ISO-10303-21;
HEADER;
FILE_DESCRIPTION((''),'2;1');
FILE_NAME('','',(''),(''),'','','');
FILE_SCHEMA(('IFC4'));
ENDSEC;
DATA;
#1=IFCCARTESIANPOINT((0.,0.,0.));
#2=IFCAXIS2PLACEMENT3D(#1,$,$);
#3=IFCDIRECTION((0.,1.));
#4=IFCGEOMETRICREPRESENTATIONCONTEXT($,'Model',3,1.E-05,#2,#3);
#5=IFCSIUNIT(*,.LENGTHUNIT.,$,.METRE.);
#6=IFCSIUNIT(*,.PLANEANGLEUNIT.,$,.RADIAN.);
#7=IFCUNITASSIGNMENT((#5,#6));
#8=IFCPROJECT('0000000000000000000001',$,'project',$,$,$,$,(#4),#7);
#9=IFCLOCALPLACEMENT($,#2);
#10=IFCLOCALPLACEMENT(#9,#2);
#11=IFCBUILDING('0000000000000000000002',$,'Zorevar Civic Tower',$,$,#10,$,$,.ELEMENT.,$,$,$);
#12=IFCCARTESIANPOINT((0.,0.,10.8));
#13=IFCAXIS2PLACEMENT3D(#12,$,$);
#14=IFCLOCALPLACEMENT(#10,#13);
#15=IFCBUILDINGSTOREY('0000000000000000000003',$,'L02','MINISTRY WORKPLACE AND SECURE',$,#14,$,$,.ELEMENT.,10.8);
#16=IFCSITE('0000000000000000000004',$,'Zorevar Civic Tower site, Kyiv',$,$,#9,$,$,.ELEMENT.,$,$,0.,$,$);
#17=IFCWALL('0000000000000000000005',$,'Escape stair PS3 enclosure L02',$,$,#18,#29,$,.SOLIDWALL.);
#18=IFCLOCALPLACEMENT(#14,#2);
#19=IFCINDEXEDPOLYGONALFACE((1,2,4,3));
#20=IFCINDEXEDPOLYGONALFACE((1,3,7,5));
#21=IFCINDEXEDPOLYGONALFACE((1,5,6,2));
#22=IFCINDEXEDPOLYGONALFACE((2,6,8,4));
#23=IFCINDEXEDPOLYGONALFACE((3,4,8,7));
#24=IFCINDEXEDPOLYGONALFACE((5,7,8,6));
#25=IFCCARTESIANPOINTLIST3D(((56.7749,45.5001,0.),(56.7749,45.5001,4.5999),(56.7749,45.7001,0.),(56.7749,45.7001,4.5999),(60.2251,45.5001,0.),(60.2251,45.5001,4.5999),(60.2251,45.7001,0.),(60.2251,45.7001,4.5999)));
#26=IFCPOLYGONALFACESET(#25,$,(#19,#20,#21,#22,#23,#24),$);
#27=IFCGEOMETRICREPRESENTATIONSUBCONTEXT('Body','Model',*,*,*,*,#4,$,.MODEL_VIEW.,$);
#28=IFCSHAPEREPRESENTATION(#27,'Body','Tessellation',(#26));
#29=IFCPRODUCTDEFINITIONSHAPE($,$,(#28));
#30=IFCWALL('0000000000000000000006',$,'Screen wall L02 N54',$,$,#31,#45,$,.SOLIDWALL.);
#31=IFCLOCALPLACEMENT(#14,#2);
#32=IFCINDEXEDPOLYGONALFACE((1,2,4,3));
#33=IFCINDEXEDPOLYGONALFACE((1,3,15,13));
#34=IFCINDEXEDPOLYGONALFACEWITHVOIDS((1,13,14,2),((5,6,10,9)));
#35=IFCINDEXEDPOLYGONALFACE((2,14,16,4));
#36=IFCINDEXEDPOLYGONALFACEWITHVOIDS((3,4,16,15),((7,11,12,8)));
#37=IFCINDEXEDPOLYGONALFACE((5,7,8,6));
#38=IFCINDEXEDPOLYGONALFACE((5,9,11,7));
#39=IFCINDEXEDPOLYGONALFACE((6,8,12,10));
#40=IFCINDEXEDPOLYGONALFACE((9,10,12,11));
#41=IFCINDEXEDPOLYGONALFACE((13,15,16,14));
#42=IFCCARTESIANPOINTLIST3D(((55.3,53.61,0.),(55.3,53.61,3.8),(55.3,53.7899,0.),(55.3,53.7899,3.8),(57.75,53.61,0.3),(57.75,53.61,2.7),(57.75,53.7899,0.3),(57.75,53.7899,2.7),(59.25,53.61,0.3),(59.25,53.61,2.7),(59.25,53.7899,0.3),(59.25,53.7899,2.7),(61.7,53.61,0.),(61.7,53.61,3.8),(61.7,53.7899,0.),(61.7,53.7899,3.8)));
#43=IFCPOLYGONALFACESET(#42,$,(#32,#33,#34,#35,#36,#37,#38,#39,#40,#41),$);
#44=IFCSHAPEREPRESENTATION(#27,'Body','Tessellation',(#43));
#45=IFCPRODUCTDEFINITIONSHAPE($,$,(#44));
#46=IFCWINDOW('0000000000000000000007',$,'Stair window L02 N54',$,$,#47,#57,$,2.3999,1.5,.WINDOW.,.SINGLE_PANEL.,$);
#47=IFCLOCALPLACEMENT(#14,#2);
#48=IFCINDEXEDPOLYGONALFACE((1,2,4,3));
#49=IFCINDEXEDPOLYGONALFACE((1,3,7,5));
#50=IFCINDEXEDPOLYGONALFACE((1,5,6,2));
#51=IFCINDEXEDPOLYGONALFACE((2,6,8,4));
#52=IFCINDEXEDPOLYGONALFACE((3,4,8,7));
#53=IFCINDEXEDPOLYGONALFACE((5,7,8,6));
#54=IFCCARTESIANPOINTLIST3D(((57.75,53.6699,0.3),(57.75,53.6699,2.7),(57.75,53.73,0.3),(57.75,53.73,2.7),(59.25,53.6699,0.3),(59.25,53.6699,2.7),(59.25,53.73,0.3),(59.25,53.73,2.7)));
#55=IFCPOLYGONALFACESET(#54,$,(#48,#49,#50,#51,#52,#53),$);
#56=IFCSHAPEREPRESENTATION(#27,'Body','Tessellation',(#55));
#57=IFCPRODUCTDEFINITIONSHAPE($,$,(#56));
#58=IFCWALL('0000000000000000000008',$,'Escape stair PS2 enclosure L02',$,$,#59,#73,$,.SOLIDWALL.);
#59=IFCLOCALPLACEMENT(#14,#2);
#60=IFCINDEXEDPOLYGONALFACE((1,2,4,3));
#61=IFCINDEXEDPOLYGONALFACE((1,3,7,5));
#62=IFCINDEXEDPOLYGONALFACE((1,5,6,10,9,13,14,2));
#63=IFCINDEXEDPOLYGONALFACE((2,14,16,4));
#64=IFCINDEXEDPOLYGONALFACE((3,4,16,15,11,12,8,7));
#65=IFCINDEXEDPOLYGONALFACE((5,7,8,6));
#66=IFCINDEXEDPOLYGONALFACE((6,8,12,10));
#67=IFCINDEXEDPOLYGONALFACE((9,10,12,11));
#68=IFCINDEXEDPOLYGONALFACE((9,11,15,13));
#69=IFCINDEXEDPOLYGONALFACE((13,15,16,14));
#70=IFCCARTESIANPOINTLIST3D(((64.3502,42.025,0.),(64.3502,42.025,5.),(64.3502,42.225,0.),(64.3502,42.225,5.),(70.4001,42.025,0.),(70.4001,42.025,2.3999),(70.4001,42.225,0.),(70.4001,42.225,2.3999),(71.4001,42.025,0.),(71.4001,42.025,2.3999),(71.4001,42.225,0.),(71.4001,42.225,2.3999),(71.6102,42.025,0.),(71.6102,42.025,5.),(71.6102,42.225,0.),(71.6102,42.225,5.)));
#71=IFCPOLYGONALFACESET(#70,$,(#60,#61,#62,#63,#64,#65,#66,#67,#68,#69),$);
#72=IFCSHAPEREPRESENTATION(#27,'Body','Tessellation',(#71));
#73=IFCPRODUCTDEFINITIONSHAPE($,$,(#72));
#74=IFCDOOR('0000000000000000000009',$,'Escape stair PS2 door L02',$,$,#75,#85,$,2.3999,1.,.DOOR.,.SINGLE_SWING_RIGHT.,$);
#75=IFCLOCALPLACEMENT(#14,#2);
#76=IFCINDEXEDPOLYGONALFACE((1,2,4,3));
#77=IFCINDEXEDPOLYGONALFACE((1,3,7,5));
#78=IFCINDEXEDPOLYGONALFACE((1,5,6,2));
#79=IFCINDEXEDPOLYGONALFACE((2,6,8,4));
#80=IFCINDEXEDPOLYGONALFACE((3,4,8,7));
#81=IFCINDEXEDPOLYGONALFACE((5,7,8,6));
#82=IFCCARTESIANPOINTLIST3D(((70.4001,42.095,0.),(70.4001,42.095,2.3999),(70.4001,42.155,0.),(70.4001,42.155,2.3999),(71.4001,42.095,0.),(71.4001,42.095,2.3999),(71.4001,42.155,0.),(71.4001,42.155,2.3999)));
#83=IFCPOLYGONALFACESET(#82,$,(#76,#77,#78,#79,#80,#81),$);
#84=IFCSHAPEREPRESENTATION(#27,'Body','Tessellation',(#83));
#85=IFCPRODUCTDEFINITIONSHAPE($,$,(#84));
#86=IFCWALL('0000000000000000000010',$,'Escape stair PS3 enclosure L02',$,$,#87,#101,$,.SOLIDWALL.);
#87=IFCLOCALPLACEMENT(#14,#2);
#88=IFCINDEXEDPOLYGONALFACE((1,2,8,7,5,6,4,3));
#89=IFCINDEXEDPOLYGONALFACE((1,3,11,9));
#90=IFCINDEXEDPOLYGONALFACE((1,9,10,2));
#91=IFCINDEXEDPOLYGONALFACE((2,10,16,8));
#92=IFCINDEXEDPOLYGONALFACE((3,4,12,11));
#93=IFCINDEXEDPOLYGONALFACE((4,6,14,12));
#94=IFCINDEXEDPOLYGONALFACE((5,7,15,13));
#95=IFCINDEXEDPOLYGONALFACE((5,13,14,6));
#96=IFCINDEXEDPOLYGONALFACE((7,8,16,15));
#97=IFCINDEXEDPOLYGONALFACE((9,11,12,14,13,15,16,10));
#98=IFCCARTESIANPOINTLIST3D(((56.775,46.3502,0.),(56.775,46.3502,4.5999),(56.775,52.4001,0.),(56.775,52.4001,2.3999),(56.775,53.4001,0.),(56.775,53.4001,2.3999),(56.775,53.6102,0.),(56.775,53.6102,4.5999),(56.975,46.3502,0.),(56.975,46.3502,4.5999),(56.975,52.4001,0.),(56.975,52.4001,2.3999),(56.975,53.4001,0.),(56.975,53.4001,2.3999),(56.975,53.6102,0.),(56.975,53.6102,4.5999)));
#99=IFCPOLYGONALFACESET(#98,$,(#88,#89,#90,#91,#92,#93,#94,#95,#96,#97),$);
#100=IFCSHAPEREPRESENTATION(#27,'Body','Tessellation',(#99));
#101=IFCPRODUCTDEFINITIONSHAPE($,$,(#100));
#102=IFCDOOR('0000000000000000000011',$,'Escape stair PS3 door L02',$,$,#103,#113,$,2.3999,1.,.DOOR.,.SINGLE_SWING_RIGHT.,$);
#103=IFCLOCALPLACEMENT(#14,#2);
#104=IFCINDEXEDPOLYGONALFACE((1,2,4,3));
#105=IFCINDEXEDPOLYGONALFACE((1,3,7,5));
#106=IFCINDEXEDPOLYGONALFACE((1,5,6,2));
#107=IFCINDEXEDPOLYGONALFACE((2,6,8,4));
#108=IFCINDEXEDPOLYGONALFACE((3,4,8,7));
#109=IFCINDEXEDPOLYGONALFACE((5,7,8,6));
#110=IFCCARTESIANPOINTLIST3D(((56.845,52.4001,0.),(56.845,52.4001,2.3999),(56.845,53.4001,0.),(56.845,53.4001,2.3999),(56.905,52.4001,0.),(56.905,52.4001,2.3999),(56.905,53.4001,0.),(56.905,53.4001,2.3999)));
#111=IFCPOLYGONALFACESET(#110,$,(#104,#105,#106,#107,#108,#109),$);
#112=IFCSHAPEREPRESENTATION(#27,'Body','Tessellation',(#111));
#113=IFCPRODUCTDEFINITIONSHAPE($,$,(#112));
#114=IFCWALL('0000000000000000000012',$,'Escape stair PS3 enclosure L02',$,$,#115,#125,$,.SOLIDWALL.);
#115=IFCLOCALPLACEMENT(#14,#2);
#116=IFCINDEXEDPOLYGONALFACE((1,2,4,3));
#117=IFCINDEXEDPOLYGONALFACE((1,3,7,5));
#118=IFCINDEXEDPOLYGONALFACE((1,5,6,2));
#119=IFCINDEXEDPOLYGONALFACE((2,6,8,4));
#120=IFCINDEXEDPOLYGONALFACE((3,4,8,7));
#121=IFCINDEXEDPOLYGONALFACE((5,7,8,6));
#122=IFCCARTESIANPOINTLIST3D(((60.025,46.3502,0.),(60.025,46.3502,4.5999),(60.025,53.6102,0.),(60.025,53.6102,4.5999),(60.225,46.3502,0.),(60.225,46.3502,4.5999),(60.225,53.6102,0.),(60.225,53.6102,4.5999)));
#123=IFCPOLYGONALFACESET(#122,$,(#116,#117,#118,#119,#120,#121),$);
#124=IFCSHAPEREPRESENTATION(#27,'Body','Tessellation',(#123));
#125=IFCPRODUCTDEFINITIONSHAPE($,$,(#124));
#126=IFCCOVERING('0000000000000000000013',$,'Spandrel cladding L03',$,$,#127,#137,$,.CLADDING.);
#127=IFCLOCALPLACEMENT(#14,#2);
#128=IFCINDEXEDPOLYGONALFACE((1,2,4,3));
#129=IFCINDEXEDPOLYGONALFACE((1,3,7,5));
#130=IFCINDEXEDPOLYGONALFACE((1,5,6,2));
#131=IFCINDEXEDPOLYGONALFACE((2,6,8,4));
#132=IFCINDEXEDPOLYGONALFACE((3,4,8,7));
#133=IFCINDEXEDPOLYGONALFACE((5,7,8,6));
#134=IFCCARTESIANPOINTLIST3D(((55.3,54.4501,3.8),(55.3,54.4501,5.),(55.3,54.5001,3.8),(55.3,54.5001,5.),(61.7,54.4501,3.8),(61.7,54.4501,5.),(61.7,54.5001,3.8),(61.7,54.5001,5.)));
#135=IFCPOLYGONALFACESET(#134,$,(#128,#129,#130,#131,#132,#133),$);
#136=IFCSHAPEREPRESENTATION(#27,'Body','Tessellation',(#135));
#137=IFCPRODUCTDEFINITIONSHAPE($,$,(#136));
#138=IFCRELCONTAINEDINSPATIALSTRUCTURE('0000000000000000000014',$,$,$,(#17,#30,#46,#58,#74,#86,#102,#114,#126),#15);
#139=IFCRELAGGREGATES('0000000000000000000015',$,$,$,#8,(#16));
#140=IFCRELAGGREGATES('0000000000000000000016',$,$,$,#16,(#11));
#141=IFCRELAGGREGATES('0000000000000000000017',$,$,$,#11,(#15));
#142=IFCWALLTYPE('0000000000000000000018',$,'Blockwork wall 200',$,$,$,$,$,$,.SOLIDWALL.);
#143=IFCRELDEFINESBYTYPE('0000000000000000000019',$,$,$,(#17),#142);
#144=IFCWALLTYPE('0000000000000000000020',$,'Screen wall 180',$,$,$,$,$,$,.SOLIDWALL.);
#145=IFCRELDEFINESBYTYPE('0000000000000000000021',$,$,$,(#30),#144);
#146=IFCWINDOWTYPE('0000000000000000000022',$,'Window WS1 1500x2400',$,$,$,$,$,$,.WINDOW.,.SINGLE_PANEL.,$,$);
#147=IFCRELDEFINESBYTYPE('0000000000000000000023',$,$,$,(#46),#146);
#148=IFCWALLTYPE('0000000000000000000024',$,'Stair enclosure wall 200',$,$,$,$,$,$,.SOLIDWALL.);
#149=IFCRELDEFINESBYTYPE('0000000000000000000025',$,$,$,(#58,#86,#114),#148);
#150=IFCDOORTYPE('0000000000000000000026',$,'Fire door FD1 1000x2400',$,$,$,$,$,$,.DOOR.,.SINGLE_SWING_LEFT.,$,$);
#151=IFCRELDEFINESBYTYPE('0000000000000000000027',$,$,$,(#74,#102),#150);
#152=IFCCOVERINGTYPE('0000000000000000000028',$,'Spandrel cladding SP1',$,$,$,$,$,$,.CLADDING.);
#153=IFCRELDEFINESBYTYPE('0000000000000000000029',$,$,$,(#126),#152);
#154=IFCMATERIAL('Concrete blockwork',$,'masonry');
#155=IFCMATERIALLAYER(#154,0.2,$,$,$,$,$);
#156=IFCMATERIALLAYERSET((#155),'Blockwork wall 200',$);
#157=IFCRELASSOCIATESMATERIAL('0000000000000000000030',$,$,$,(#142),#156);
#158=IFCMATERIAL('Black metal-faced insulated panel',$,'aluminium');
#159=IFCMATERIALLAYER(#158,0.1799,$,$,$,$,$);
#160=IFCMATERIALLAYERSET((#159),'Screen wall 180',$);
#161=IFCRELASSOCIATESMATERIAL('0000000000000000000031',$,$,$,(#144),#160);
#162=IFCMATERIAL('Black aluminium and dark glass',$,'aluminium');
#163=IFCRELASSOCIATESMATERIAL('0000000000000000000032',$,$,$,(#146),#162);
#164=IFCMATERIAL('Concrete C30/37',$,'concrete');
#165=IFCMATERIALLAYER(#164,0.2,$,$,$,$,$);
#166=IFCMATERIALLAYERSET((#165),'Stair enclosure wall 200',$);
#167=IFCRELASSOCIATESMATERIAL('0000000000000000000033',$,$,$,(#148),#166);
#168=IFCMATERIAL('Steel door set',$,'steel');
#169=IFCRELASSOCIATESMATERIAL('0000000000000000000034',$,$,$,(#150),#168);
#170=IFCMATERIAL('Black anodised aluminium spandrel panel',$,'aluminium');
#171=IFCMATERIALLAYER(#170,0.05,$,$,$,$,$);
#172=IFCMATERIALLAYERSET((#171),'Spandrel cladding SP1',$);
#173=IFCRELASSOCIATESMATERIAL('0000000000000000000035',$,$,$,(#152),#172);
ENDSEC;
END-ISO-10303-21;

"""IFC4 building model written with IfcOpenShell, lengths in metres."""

from ifc_helpers import new_model, si_unit, direction, frame, frame_2d, origin, place, context, subcontext, project, spatial, rectangle, extrude, material, layer, layer_set, type_object, element, fill, save


model = new_model("IFC4")

# Units and contexts
model_context = context("Model", 3, precision=1e-05, world=origin(), true_north=direction((0.0, 1.0)))
body_context = subcontext(model_context, "Body", "Model", "MODEL_VIEW")
ifc_project = project(units=[si_unit("LENGTHUNIT", "METRE"), si_unit("PLANEANGLEUNIT", "RADIAN")], contexts=[model_context])

# Site, building, storey
site_placement = place(None, origin())
site = spatial("IfcSite", under=ifc_project, at=site_placement, Name="Zorevar Civic Tower site, Kyiv", CompositionType="ELEMENT", RefElevation=0.0)
building_placement = place(site_placement, origin())
building = spatial("IfcBuilding", under=site, at=building_placement, Name="Zorevar Civic Tower", CompositionType="ELEMENT")
storey_placement = place(building_placement, frame((0.0, 0.0, 10.8)))
storey = spatial("IfcBuildingStorey", under=building, at=storey_placement, Name="L02", Description="MINISTRY WORKPLACE AND SECURE", CompositionType="ELEMENT", Elevation=10.8)

# Wall
ifc_material_1 = material(Name="Concrete blockwork", Category="masonry")
ifc_layer_1 = layer(ifc_material_1, 0.2)
ifc_layer_set_1 = layer_set([ifc_layer_1], Name="Blockwork wall 200")
wall_type_1 = type_object("IfcWallType", Name="Blockwork wall 200", PredefinedType="SOLIDWALL", material=ifc_layer_set_1)
wall_1_placement = place(storey_placement, frame((56.7749, 45.6001, 0.0), z_axis=(0.0, 0.0, 1.0), x_axis=(1.0, 0.0, 0.0)))
element("IfcWall", 1, at=wall_1_placement, inside=storey, type_object=wall_type_1, Name="Escape stair PS3 enclosure L02", PredefinedType="SOLIDWALL", context=body_context, shape_type="SweptSolid", body=[
    extrude(rectangle(XDim=3.4502, YDim=0.2, at=frame_2d((1.7251, 0.0))), origin(), (0.0, 0.0, 1.0), 4.5999),
])

# Wall, opening, window
ifc_material_2 = material(Name="Black metal-faced insulated panel", Category="aluminium")
ifc_layer_2 = layer(ifc_material_2, 0.1799)
ifc_layer_set_2 = layer_set([ifc_layer_2], Name="Screen wall 180")
wall_type_2 = type_object("IfcWallType", Name="Screen wall 180", PredefinedType="SOLIDWALL", material=ifc_layer_set_2)
wall_2_placement = place(storey_placement, frame((55.3, 53.7, 0.0), z_axis=(0.0, 0.0, 1.0), x_axis=(1.0, 0.0, 0.0)))
wall_2 = element("IfcWall", 2, at=wall_2_placement, inside=storey, type_object=wall_type_2, Name="Screen wall L02 N54", PredefinedType="SOLIDWALL", context=body_context, shape_type="SweptSolid", body=[
    extrude(rectangle(XDim=6.3999, YDim=0.1799, at=frame_2d((3.2, 0.0))), origin(), (0.0, 0.0, 1.0), 3.8),
])
opening_1_placement = place(wall_2_placement, frame((2.45, 0.0, 0.3)))
opening_1 = element("IfcOpeningElement", 3, at=opening_1_placement, cuts=wall_2, PredefinedType="OPENING", context=body_context, shape_type="SweptSolid", body=[
    extrude(rectangle(XDim=1.5, YDim=2.3999, at=frame_2d((0.75, 1.2))), frame((0.0, 0.0999, 0.0), z_axis=(0.0, -1.0, 0.0), x_axis=(1.0, 0.0, 0.0)), (0.0, 0.0, 1.0), 0.2),
])
ifc_material_3 = material(Name="Black aluminium and dark glass", Category="aluminium")
window_type = type_object("IfcWindowType", Name="Window WS1 1500x2400", PartitioningType="SINGLE_PANEL", PredefinedType="WINDOW", material=ifc_material_3)
window_placement = place(opening_1_placement, origin())
window = element("IfcWindow", 4, at=window_placement, inside=storey, type_object=window_type, Name="Stair window L02 N54", OverallHeight=2.3999, OverallWidth=1.5, PartitioningType="SINGLE_PANEL", PredefinedType="WINDOW", context=body_context, shape_type="SweptSolid", body=[
    extrude(rectangle(XDim=1.5, YDim=2.3999, at=frame_2d((0.75, 1.2))), frame((0.0, 0.03, 0.0), z_axis=(0.0, -1.0, 0.0), x_axis=(1.0, 0.0, 0.0)), (0.0, 0.0, 1.0), 0.0601),
])
fill(opening_1, window)

# Walls, openings, doors
ifc_material_4 = material(Name="Concrete C30/37", Category="concrete")
ifc_layer_3 = layer(ifc_material_4, 0.2)
ifc_layer_set_3 = layer_set([ifc_layer_3], Name="Stair enclosure wall 200")
wall_type_3 = type_object("IfcWallType", Name="Stair enclosure wall 200", PredefinedType="SOLIDWALL", material=ifc_layer_set_3)
wall_3_placement = place(storey_placement, frame((71.6101, 42.125, 0.0), z_axis=(0.0, 0.0, 1.0), x_axis=(-1.0, 0.0, 0.0)))
wall_3 = element("IfcWall", 5, at=wall_3_placement, inside=storey, type_object=wall_type_3, Name="Escape stair PS2 enclosure L02", PredefinedType="SOLIDWALL", context=body_context, shape_type="SweptSolid", body=[
    extrude(rectangle(XDim=7.26, YDim=0.2, at=frame_2d((3.6299, 0.0))), origin(), (0.0, 0.0, 1.0), 5.0),
])
opening_2_placement = place(wall_3_placement, frame((0.21, 0.0, 0.0)))
opening_2 = element("IfcOpeningElement", 6, at=opening_2_placement, cuts=wall_3, PredefinedType="OPENING", context=body_context, shape_type="SweptSolid", body=[
    extrude(rectangle(XDim=1.0, YDim=2.3999, at=frame_2d((0.5, 1.2))), frame((0.0, 0.1099, 0.0), z_axis=(0.0, -1.0, 0.0), x_axis=(1.0, 0.0, 0.0)), (0.0, 0.0, 1.0), 0.22),
])
ifc_material_5 = material(Name="Steel door set", Category="steel")
door_type = type_object("IfcDoorType", Name="Fire door FD1 1000x2400", OperationType="SINGLE_SWING_LEFT", PredefinedType="DOOR", material=ifc_material_5)
door_1_placement = place(opening_2_placement, origin())
door_1 = element("IfcDoor", 7, at=door_1_placement, inside=storey, type_object=door_type, Name="Escape stair PS2 door L02", OperationType="SINGLE_SWING_RIGHT", OverallHeight=2.3999, OverallWidth=1.0, PredefinedType="DOOR", context=body_context, shape_type="SweptSolid", body=[
    extrude(rectangle(XDim=1.0, YDim=2.3999, at=frame_2d((0.5, 1.2))), frame((0.0, 0.03, 0.0), z_axis=(0.0, -1.0, 0.0), x_axis=(1.0, 0.0, 0.0)), (0.0, 0.0, 1.0), 0.0601),
])
fill(opening_2, door_1)
wall_4_placement = place(storey_placement, frame((56.875, 53.6101, 0.0), z_axis=(0.0, 0.0, 1.0), x_axis=(0.0, -1.0, 0.0)))
wall_4 = element("IfcWall", 8, at=wall_4_placement, inside=storey, type_object=wall_type_3, Name="Escape stair PS3 enclosure L02", PredefinedType="SOLIDWALL", context=body_context, shape_type="SweptSolid", body=[
    extrude(rectangle(XDim=7.26, YDim=0.2, at=frame_2d((3.6299, 0.0))), origin(), (0.0, 0.0, 1.0), 4.5999),
])
opening_3_placement = place(wall_4_placement, frame((0.21, 0.0, 0.0)))
opening_3 = element("IfcOpeningElement", 9, at=opening_3_placement, cuts=wall_4, PredefinedType="OPENING", context=body_context, shape_type="SweptSolid", body=[
    extrude(rectangle(XDim=1.0, YDim=2.3999, at=frame_2d((0.5, 1.2))), frame((0.0, 0.1099, 0.0), z_axis=(0.0, -1.0, 0.0), x_axis=(1.0, 0.0, 0.0)), (0.0, 0.0, 1.0), 0.22),
])
door_2_placement = place(opening_3_placement, origin())
door_2 = element("IfcDoor", 10, at=door_2_placement, inside=storey, type_object=door_type, Name="Escape stair PS3 door L02", OperationType="SINGLE_SWING_RIGHT", OverallHeight=2.3999, OverallWidth=1.0, PredefinedType="DOOR", context=body_context, shape_type="SweptSolid", body=[
    extrude(rectangle(XDim=1.0, YDim=2.3999, at=frame_2d((0.5, 1.2))), frame((0.0, 0.03, 0.0), z_axis=(0.0, -1.0, 0.0), x_axis=(1.0, 0.0, 0.0)), (0.0, 0.0, 1.0), 0.0601),
])
fill(opening_3, door_2)

# Wall
wall_5_placement = place(storey_placement, frame((60.125, 53.6101, 0.0), z_axis=(0.0, 0.0, 1.0), x_axis=(0.0, -1.0, 0.0)))
element("IfcWall", 11, at=wall_5_placement, inside=storey, type_object=wall_type_3, Name="Escape stair PS3 enclosure L02", PredefinedType="SOLIDWALL", context=body_context, shape_type="SweptSolid", body=[
    extrude(rectangle(XDim=7.26, YDim=0.2, at=frame_2d((3.6299, 0.0))), origin(), (0.0, 0.0, 1.0), 4.5999),
])

# Covering
ifc_material_6 = material(Name="Black anodised aluminium spandrel panel", Category="aluminium")
ifc_layer_4 = layer(ifc_material_6, 0.05)
ifc_layer_set_4 = layer_set([ifc_layer_4], Name="Spandrel cladding SP1")
covering_type = type_object("IfcCoveringType", Name="Spandrel cladding SP1", PredefinedType="CLADDING", material=ifc_layer_set_4)
covering_placement = place(storey_placement, frame((55.3, 54.4751, 3.8), z_axis=(0.0, 0.0, 1.0), x_axis=(1.0, 0.0, 0.0)))
element("IfcCovering", 12, at=covering_placement, inside=storey, type_object=covering_type, Name="Spandrel cladding L03", PredefinedType="CLADDING", context=body_context, shape_type="SweptSolid", body=[
    extrude(rectangle(XDim=6.3999, YDim=0.05, at=frame_2d((3.2, 0.0))), origin(), (0.0, 0.0, 1.0), 1.2),
])

save(model, "model.ifc")
